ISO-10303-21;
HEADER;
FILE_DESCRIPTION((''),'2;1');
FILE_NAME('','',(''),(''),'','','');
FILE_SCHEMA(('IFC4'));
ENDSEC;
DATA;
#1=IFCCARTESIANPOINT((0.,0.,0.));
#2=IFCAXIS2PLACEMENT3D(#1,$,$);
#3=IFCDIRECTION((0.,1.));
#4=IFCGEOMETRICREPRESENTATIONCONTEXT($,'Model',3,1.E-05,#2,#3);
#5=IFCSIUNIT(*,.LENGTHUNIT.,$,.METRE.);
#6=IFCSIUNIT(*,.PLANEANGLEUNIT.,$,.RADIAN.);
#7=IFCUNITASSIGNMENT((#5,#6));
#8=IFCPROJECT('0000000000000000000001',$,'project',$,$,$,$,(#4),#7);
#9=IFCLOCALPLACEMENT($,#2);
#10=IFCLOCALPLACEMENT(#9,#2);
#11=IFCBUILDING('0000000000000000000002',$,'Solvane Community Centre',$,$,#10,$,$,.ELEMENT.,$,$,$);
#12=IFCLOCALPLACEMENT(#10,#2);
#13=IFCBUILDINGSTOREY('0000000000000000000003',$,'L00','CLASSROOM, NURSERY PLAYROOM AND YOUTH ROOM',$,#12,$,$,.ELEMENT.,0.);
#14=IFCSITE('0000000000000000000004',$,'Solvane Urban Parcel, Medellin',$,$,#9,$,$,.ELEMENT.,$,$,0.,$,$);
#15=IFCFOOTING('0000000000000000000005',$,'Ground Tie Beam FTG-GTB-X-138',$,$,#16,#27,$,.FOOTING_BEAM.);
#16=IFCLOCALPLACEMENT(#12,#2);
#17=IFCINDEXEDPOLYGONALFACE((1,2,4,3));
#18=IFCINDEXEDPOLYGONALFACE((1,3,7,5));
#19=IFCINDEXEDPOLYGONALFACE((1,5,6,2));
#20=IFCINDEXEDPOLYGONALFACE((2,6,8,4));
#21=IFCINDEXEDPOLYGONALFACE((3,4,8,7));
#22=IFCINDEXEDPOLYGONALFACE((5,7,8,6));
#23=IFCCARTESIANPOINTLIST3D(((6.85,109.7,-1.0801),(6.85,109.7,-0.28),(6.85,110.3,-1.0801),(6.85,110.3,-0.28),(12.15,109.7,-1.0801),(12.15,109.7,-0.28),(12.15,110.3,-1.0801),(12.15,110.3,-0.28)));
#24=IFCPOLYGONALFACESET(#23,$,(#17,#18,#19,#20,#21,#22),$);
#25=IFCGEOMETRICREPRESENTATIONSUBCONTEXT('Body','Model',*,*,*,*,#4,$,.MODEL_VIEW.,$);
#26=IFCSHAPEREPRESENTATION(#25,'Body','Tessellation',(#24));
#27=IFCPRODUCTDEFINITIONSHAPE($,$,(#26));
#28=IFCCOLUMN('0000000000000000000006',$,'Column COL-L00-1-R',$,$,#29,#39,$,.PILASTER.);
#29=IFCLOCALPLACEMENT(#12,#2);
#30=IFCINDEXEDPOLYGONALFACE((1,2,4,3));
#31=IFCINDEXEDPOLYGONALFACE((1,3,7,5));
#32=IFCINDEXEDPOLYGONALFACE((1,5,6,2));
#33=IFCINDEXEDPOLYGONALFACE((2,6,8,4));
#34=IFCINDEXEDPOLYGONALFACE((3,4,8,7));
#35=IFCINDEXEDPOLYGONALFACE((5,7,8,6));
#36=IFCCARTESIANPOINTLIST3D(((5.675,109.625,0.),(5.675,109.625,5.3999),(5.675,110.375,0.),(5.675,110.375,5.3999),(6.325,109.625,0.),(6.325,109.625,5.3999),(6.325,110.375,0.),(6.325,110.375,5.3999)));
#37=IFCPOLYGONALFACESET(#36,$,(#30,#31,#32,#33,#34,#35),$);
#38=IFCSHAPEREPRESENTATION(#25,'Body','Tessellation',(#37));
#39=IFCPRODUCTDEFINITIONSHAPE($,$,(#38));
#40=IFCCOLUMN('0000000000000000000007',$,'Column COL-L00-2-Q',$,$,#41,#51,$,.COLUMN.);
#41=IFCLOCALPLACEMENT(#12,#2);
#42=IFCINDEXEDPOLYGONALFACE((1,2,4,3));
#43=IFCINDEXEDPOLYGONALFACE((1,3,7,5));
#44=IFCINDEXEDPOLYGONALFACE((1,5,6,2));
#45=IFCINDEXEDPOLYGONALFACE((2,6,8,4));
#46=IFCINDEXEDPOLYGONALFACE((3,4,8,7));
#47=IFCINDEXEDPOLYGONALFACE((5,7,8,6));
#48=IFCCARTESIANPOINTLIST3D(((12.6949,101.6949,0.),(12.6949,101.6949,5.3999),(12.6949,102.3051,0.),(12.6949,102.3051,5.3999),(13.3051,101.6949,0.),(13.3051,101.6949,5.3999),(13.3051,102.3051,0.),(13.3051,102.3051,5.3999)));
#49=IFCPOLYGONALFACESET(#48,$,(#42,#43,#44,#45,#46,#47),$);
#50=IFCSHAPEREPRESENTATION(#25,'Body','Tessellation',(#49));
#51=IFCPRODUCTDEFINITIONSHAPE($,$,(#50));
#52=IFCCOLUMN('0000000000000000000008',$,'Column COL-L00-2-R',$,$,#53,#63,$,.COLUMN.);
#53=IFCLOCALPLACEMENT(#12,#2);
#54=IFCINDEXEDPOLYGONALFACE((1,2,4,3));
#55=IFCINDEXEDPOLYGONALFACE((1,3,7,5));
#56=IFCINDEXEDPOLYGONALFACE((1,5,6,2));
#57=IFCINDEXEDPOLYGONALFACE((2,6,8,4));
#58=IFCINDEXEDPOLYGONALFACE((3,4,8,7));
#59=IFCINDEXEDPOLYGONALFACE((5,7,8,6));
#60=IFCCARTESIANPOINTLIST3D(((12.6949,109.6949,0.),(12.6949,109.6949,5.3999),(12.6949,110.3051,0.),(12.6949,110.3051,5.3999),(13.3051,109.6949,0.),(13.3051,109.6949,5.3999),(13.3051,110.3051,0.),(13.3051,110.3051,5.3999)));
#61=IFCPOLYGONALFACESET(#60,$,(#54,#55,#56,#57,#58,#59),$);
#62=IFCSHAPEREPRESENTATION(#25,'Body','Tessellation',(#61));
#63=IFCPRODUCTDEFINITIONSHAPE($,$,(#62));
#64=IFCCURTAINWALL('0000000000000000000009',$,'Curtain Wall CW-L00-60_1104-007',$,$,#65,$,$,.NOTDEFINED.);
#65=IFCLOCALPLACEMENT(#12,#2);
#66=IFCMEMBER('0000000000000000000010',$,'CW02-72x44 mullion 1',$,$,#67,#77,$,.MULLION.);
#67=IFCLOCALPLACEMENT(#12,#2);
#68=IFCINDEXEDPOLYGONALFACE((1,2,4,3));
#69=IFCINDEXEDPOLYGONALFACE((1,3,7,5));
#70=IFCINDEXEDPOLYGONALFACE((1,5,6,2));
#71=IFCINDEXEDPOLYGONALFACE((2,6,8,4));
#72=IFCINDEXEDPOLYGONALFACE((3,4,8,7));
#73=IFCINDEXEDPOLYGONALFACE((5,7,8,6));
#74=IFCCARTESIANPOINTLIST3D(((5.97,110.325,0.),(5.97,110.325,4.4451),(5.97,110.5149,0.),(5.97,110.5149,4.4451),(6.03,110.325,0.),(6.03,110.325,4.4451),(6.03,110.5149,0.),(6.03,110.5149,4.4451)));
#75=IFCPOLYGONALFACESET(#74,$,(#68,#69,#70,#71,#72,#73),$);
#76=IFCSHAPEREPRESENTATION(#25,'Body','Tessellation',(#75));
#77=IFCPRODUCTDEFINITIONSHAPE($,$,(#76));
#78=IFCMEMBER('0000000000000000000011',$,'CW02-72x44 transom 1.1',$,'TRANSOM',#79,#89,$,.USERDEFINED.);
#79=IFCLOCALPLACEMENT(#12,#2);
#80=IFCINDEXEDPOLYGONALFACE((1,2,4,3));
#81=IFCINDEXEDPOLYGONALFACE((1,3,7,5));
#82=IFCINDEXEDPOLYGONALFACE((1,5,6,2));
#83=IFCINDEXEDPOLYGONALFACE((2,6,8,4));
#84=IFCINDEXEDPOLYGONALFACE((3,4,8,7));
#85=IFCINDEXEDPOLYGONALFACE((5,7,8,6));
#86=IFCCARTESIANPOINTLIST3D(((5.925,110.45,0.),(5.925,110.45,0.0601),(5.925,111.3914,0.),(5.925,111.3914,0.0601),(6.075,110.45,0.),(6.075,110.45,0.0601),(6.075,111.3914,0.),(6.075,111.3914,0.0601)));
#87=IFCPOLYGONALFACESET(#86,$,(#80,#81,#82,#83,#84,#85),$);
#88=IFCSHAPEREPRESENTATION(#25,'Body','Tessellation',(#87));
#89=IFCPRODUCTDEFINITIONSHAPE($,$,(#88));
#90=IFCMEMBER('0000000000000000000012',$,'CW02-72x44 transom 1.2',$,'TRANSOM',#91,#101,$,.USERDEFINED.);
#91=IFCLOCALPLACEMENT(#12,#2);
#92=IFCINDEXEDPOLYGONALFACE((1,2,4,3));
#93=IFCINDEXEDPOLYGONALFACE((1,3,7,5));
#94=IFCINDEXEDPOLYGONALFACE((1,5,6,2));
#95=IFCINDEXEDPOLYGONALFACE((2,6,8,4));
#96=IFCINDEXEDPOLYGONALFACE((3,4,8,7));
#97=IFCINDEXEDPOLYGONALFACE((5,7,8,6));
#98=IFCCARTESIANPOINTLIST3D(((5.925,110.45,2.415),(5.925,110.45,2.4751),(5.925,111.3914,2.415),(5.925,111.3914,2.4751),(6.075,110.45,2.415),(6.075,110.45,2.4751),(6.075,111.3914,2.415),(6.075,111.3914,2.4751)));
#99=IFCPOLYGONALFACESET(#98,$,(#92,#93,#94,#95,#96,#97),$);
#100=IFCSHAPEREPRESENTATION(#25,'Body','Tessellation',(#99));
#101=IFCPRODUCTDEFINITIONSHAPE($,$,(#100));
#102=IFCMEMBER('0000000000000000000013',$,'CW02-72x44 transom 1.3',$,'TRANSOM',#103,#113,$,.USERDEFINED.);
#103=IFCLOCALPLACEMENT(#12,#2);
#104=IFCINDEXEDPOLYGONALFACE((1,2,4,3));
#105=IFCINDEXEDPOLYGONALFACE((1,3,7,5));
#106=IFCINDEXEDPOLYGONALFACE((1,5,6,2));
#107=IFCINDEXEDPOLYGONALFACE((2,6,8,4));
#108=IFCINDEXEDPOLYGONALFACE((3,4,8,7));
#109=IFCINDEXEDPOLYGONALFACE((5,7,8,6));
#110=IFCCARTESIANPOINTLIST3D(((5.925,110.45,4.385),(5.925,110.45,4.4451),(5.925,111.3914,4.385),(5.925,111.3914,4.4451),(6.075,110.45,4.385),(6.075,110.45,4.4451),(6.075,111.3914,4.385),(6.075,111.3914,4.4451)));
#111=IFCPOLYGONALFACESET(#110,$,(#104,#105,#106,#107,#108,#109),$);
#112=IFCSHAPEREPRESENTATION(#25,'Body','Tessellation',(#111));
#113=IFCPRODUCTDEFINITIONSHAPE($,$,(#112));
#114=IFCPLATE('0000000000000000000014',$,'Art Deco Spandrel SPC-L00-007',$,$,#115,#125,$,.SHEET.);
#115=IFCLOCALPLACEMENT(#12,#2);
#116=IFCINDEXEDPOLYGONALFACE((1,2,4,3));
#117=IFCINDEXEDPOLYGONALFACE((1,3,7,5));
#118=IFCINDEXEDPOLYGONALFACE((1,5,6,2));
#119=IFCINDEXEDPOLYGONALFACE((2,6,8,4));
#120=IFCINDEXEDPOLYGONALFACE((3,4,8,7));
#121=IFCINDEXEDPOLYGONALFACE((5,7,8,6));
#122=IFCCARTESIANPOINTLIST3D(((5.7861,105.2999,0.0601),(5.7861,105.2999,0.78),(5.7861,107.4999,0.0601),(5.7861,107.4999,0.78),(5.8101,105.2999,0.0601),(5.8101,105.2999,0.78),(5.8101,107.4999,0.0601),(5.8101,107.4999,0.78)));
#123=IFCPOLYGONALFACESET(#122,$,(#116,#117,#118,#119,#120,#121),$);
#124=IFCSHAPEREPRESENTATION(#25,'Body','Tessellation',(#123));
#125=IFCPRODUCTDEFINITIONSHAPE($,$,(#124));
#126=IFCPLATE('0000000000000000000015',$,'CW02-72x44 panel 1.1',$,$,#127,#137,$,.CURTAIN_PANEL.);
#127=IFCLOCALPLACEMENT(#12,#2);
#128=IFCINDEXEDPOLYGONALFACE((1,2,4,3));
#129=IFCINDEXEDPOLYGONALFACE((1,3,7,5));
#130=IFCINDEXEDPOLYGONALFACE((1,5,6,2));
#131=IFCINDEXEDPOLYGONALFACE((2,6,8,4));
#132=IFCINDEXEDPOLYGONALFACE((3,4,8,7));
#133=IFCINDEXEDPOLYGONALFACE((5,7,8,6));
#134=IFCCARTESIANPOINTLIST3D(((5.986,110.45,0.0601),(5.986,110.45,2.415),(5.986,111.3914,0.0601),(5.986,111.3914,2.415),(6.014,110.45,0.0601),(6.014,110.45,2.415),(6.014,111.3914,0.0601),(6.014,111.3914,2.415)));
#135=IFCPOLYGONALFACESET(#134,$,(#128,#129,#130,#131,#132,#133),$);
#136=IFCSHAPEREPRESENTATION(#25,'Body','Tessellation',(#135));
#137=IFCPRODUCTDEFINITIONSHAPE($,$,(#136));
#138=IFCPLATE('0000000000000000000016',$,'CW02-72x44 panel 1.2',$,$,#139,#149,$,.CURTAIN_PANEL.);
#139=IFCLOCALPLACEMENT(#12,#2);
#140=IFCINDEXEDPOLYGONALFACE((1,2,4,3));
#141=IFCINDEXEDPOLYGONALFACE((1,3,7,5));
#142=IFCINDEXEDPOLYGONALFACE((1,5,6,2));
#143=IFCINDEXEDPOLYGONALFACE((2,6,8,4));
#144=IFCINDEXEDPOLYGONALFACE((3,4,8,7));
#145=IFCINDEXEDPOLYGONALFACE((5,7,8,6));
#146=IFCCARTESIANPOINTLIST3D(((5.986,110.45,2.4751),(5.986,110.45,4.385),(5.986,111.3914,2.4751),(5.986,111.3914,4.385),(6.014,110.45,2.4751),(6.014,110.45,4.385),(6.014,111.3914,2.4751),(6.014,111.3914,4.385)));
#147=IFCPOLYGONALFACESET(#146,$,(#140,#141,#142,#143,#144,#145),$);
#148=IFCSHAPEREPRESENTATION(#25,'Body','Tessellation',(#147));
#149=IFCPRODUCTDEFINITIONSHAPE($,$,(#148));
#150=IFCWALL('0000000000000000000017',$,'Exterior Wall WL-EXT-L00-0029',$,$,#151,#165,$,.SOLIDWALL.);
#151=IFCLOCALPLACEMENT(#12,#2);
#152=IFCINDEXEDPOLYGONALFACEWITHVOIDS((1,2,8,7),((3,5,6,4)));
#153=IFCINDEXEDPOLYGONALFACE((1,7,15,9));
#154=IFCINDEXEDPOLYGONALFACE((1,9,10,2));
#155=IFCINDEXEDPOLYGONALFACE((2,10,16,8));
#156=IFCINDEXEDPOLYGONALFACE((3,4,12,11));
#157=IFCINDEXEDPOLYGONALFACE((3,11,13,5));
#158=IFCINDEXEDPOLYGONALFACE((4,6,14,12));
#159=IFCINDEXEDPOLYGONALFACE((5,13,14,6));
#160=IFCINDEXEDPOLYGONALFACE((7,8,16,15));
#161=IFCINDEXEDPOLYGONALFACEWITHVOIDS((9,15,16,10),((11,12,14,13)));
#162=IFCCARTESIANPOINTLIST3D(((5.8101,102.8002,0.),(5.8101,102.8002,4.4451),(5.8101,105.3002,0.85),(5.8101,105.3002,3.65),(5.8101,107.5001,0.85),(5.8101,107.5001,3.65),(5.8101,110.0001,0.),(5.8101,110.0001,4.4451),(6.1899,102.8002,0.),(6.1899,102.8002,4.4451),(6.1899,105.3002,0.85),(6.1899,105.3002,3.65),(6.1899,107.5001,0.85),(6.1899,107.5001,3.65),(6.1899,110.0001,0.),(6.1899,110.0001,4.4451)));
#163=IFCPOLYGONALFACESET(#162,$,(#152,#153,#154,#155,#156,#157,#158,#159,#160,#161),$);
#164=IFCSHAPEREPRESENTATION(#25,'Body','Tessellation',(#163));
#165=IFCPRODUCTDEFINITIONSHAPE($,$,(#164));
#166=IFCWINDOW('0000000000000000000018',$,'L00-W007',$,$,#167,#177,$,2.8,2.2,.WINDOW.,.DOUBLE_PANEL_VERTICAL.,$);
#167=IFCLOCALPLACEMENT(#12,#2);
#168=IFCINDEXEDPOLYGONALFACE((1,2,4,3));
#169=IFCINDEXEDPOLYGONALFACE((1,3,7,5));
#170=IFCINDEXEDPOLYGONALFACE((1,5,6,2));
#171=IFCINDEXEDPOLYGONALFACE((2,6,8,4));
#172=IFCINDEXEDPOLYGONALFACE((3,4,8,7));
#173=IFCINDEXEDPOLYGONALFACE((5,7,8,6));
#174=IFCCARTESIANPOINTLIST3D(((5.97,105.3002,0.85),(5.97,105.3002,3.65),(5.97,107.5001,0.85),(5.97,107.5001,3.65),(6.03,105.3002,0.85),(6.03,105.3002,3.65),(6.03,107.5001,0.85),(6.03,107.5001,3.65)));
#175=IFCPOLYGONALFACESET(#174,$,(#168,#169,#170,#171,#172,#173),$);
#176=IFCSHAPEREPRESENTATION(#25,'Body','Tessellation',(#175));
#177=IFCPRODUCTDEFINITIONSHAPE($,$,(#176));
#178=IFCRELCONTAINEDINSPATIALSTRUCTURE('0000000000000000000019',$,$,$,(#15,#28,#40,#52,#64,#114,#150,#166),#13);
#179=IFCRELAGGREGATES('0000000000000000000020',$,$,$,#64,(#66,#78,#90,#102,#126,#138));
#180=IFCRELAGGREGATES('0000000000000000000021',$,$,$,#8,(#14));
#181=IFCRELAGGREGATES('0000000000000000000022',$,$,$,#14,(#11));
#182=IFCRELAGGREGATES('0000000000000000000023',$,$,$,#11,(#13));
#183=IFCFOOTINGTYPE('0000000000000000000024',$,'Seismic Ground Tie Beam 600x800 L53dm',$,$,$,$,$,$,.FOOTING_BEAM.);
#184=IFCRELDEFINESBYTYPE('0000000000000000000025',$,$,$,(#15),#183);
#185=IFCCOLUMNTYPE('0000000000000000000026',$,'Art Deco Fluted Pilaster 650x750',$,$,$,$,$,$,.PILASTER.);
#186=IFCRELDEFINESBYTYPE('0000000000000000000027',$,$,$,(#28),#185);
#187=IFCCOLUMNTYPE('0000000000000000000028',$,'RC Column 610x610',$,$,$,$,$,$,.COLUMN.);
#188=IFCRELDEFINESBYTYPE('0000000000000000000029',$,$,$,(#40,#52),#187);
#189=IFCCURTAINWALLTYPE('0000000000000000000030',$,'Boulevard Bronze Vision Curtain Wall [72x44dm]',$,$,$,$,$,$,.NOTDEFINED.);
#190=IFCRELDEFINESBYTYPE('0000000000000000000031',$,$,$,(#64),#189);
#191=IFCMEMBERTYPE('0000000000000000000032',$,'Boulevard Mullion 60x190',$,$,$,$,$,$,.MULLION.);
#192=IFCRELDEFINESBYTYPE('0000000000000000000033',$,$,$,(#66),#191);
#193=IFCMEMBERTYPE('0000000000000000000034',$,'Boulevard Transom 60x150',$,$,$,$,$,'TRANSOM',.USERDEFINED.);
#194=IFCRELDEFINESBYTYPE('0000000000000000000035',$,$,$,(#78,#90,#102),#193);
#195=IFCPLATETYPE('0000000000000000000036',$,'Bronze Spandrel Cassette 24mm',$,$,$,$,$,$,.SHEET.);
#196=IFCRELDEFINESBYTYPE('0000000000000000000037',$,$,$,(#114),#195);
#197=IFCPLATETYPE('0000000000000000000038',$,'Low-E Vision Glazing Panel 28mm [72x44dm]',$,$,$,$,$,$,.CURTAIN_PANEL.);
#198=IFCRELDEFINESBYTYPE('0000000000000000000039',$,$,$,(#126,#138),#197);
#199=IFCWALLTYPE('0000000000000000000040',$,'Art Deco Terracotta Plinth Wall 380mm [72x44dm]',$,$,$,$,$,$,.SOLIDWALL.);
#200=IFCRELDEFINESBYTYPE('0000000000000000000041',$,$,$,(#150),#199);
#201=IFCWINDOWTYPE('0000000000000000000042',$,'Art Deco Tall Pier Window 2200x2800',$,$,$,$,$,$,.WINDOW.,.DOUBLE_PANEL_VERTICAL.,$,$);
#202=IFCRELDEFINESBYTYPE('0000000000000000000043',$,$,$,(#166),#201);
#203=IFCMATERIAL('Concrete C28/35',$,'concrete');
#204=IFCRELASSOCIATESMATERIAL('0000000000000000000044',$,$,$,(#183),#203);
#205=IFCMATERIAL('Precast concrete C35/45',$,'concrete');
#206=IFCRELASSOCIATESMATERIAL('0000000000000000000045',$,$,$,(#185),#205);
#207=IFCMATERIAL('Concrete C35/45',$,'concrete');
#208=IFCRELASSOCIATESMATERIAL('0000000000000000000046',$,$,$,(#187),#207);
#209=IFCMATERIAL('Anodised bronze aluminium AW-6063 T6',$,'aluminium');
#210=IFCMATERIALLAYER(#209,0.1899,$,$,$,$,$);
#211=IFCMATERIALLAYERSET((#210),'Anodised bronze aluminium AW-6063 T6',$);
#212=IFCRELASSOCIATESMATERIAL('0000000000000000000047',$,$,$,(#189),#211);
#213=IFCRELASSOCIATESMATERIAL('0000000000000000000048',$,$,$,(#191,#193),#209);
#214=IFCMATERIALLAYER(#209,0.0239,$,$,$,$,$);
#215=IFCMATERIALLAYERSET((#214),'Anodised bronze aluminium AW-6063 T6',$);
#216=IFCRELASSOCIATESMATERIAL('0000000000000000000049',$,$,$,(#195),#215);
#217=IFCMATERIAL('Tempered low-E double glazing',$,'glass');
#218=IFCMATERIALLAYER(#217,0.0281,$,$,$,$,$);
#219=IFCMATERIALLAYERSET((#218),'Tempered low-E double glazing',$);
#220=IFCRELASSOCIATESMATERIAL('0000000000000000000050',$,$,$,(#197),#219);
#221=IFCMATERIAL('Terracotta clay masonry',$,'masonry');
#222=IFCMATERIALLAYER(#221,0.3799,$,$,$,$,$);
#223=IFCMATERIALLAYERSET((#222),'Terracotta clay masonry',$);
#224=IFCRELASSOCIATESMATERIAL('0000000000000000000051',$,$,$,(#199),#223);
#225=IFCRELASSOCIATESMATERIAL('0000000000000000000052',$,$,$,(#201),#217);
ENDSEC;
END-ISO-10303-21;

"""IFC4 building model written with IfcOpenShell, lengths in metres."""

from ifc_helpers import new_model, si_unit, direction, frame, frame_2d, origin, origin_2d, place, context, subcontext, project, spatial, rectangle, extrude, material, layer, layer_set, material_profile, profile_set, type_object, element, fill, aggregate, save


model = new_model("IFC4")

# Units and contexts
model_context = context("Model", 3, precision=1e-05, world=origin(), true_north=direction((0.0, 1.0)))
body_context = subcontext(model_context, "Body", "Model", "MODEL_VIEW")
ifc_project = project(units=[si_unit("LENGTHUNIT", "METRE"), si_unit("PLANEANGLEUNIT", "RADIAN")], contexts=[model_context])

# Site, building, storey
site_placement = place(None, origin())
site = spatial("IfcSite", under=ifc_project, at=site_placement, Name="Solvane Urban Parcel, Medellin", CompositionType="ELEMENT", RefElevation=0.0)
building_placement = place(site_placement, origin())
building = spatial("IfcBuilding", under=site, at=building_placement, Name="Solvane Community Centre", CompositionType="ELEMENT")
storey_placement = place(building_placement, origin())
storey = spatial("IfcBuildingStorey", under=building, at=storey_placement, Name="L00", Description="CLASSROOM, NURSERY PLAYROOM AND YOUTH ROOM", CompositionType="ELEMENT", Elevation=0.0)

# Shared definitions
ifc_material_1 = material(Name="Concrete C28/35", Category="concrete")

# Footing
footing_type_1 = type_object("IfcFootingType", Name="Seismic Ground Tie Beam 600x800 L53dm", PredefinedType="FOOTING_BEAM", material=ifc_material_1)
footing_placement = place(storey_placement, frame((9.5, 110.0, -1.0801), z_axis=(0.0, 0.0, 1.0), x_axis=(1.0, 0.0, 0.0)))
element("IfcFooting", 1, at=footing_placement, inside=storey, type_object=footing_type_1, Name="Ground Tie Beam FTG-GTB-X-138", PredefinedType="FOOTING_BEAM", context=body_context, shape_type="SweptSolid", body=[
    extrude(rectangle(XDim=5.3, YDim=0.6001, at=origin_2d()), origin(), (0.0, 0.0, 1.0), 0.8),
])

# Columns
ifc_material_2 = material(Name="Precast concrete C35/45", Category="concrete")
ifc_material_profile_1 = material_profile(ifc_material_2, rectangle(XDim=0.6499, YDim=0.75, at=origin_2d()), Name="RC 650x750")
ifc_profile_set_1 = profile_set([ifc_material_profile_1], Name="Precast concrete C35/45")
column_type_1 = type_object("IfcColumnType", Name="Art Deco Fluted Pilaster 650x750", PredefinedType="PILASTER", material=ifc_profile_set_1)
column_placement = place(storey_placement, frame((6.0, 110.0, 0.0), z_axis=(0.0, 0.0, 1.0), x_axis=(1.0, 0.0, 0.0)))
element("IfcColumn", 2, at=column_placement, inside=storey, type_object=column_type_1, Name="Column COL-L00-1-R", PredefinedType="PILASTER", context=body_context, shape_type="SweptSolid", body=[
    extrude(rectangle(XDim=0.6499, YDim=0.75, at=origin_2d()), origin(), (0.0, 0.0, 1.0), 5.3999),
])
ifc_material_3 = material(Name="Concrete C35/45", Category="concrete")
ifc_material_profile_2 = material_profile(ifc_material_3, rectangle(XDim=0.6101, YDim=0.6101, at=origin_2d()), Name="RC 610x610")
ifc_profile_set_2 = profile_set([ifc_material_profile_2], Name="Concrete C35/45")
column_type_2 = type_object("IfcColumnType", Name="RC Column 610x610", PredefinedType="COLUMN", material=ifc_profile_set_2)
for number, where, z_axis, x_axis, name in (
    (3, (13.0, 102.0, 0.0), (0.0, 0.0, 1.0), (1.0, 0.0, 0.0), "Column COL-L00-2-Q"),
    (4, (13.0, 110.0, 0.0), (0.0, 0.0, 1.0), (1.0, 0.0, 0.0), "Column COL-L00-2-R"),
):
    element("IfcColumn", number, at=place(storey_placement, frame(where, z_axis=z_axis, x_axis=x_axis)), inside=storey, type_object=column_type_2, Name=name, PredefinedType="COLUMN", context=body_context, shape_type="SweptSolid", body=[
        extrude(rectangle(XDim=0.6101, YDim=0.6101, at=origin_2d()), origin(), (0.0, 0.0, 1.0), 5.3999),
    ])

# Curtain wall, members
ifc_material_4 = material(Name="Anodised bronze aluminium AW-6063 T6", Category="aluminium")
ifc_layer_1 = layer(ifc_material_4, 0.1899)
ifc_layer_set_1 = layer_set([ifc_layer_1], Name="Anodised bronze aluminium AW-6063 T6")
curtain_wall_type = type_object("IfcCurtainWallType", Name="Boulevard Bronze Vision Curtain Wall [72x44dm]", PredefinedType="NOTDEFINED", material=ifc_layer_set_1)
curtain_wall_placement = place(storey_placement, origin())
curtain_wall = element("IfcCurtainWall", 5, at=curtain_wall_placement, inside=storey, type_object=curtain_wall_type, Name="Curtain Wall CW-L00-60_1104-007", PredefinedType="NOTDEFINED")
ifc_material_profile_3 = material_profile(ifc_material_4, rectangle(XDim=0.0601, YDim=0.1899, at=origin_2d()), Name="CW-M 60x190")
ifc_profile_set_3 = profile_set([ifc_material_profile_3], Name="Anodised bronze aluminium AW-6063 T6")
member_type_1 = type_object("IfcMemberType", Name="Boulevard Mullion 60x190", PredefinedType="MULLION", material=ifc_profile_set_3)
member_1_placement = place(storey_placement, frame((6.0, 110.4199, 0.0), z_axis=(0.0, 0.0, 1.0), x_axis=(-1.0, 0.0, 0.0)))
member_1 = element("IfcMember", 6, at=member_1_placement, type_object=member_type_1, Name="CW02-72x44 mullion 1", PredefinedType="MULLION", context=body_context, shape_type="SweptSolid", body=[
    extrude(rectangle(XDim=0.0601, YDim=0.1899, at=origin_2d()), origin(), (0.0, 0.0, 1.0), 4.4451),
])
ifc_material_profile_4 = material_profile(ifc_material_4, rectangle(XDim=0.1499, YDim=0.0601, at=origin_2d()), Name="CW-T 60x150")
ifc_profile_set_4 = profile_set([ifc_material_profile_4], Name="Anodised bronze aluminium AW-6063 T6")
member_type_2 = type_object("IfcMemberType", Name="Boulevard Transom 60x150", ElementType="TRANSOM", PredefinedType="USERDEFINED", material=ifc_profile_set_4)
member_2_placement = place(storey_placement, frame((6.0, 110.45, 0.03), z_axis=(0.0, 1.0, 0.0), x_axis=(-1.0, 0.0, 0.0)))
member_2 = element("IfcMember", 7, at=member_2_placement, type_object=member_type_2, Name="CW02-72x44 transom 1.1", ObjectType="TRANSOM", PredefinedType="USERDEFINED", context=body_context, shape_type="SweptSolid", body=[
    extrude(rectangle(XDim=0.1499, YDim=0.0601, at=origin_2d()), origin(), (0.0, 0.0, 1.0), 0.9414),
])
member_3_placement = place(storey_placement, frame((6.0, 110.45, 2.4451), z_axis=(0.0, 1.0, 0.0), x_axis=(-1.0, 0.0, 0.0)))
member_3 = element("IfcMember", 8, at=member_3_placement, type_object=member_type_2, Name="CW02-72x44 transom 1.2", ObjectType="TRANSOM", PredefinedType="USERDEFINED", context=body_context, shape_type="SweptSolid", body=[
    extrude(rectangle(XDim=0.1499, YDim=0.0601, at=origin_2d()), origin(), (0.0, 0.0, 1.0), 0.9414),
])
member_4_placement = place(storey_placement, frame((6.0, 110.45, 4.415), z_axis=(0.0, 1.0, 0.0), x_axis=(-1.0, 0.0, 0.0)))
member_4 = element("IfcMember", 9, at=member_4_placement, type_object=member_type_2, Name="CW02-72x44 transom 1.3", ObjectType="TRANSOM", PredefinedType="USERDEFINED", context=body_context, shape_type="SweptSolid", body=[
    extrude(rectangle(XDim=0.1499, YDim=0.0601, at=origin_2d()), origin(), (0.0, 0.0, 1.0), 0.9414),
])

# Plates
ifc_layer_2 = layer(ifc_material_4, 0.0239)
ifc_layer_set_2 = layer_set([ifc_layer_2], Name="Anodised bronze aluminium AW-6063 T6")
plate_type_1 = type_object("IfcPlateType", Name="Bronze Spandrel Cassette 24mm", PredefinedType="SHEET", material=ifc_layer_set_2)
plate_1_placement = place(storey_placement, frame((5.7981, 106.3999, 0.0601), z_axis=(0.0, 0.0, 1.0), x_axis=(0.0, 1.0, 0.0)))
element("IfcPlate", 10, at=plate_1_placement, inside=storey, type_object=plate_type_1, Name="Art Deco Spandrel SPC-L00-007", PredefinedType="SHEET", context=body_context, shape_type="SweptSolid", body=[
    extrude(rectangle(XDim=2.2, YDim=0.0239, at=origin_2d()), origin(), (0.0, 0.0, 1.0), 0.72),
])
ifc_material_5 = material(Name="Tempered low-E double glazing", Category="glass")
ifc_layer_3 = layer(ifc_material_5, 0.0281)
ifc_layer_set_3 = layer_set([ifc_layer_3], Name="Tempered low-E double glazing")
plate_type_2 = type_object("IfcPlateType", Name="Low-E Vision Glazing Panel 28mm [72x44dm]", PredefinedType="CURTAIN_PANEL", material=ifc_layer_set_3)
plate_2_placement = place(storey_placement, frame((6.0, 110.9207, 0.0601), z_axis=(0.0, 0.0, 1.0), x_axis=(0.0, 1.0, 0.0)))
plate_2 = element("IfcPlate", 11, at=plate_2_placement, type_object=plate_type_2, Name="CW02-72x44 panel 1.1", PredefinedType="CURTAIN_PANEL", context=body_context, shape_type="SweptSolid", body=[
    extrude(rectangle(XDim=0.9414, YDim=0.0281, at=origin_2d()), origin(), (0.0, 0.0, 1.0), 2.355),
])
plate_3_placement = place(storey_placement, frame((6.0, 110.9207, 2.4751), z_axis=(0.0, 0.0, 1.0), x_axis=(0.0, 1.0, 0.0)))
plate_3 = element("IfcPlate", 12, at=plate_3_placement, type_object=plate_type_2, Name="CW02-72x44 panel 1.2", PredefinedType="CURTAIN_PANEL", context=body_context, shape_type="SweptSolid", body=[
    extrude(rectangle(XDim=0.9414, YDim=0.0281, at=origin_2d()), origin(), (0.0, 0.0, 1.0), 1.9099),
])
aggregate(curtain_wall, [member_1, member_2, member_3, member_4, plate_2, plate_3])

# Wall, opening, window
ifc_material_6 = material(Name="Terracotta clay masonry", Category="masonry")
ifc_layer_4 = layer(ifc_material_6, 0.3799)
ifc_layer_set_4 = layer_set([ifc_layer_4], Name="Terracotta clay masonry")
wall_type = type_object("IfcWallType", Name="Art Deco Terracotta Plinth Wall 380mm [72x44dm]", PredefinedType="SOLIDWALL", material=ifc_layer_set_4)
wall_placement = place(storey_placement, frame((6.0, 102.8, 0.0), z_axis=(0.0, 0.0, 1.0), x_axis=(0.0, 1.0, 0.0)))
wall = element("IfcWall", 13, at=wall_placement, inside=storey, type_object=wall_type, Name="Exterior Wall WL-EXT-L00-0029", PredefinedType="SOLIDWALL", context=body_context, shape_type="SweptSolid", body=[
    extrude(rectangle(XDim=7.2, YDim=0.3799, at=frame_2d((3.6001, 0.0))), origin(), (0.0, 0.0, 1.0), 4.4451),
])
opening_placement = place(wall_placement, frame((2.5, 0.0, 0.8501)))
opening = element("IfcOpeningElement", 14, at=opening_placement, cuts=wall, PredefinedType="OPENING", context=body_context, shape_type="SweptSolid", body=[
    extrude(rectangle(XDim=2.2, YDim=2.8, at=frame_2d((1.1001, 1.3999))), frame((0.0, 0.2, 0.0), z_axis=(0.0, -1.0, 0.0), x_axis=(1.0, 0.0, 0.0)), (0.0, 0.0, 1.0), 0.3999),
])
window_type = type_object("IfcWindowType", Name="Art Deco Tall Pier Window 2200x2800", PartitioningType="DOUBLE_PANEL_VERTICAL", PredefinedType="WINDOW", material=ifc_material_5)
window_placement = place(opening_placement, origin())
window = element("IfcWindow", 15, at=window_placement, inside=storey, type_object=window_type, Name="L00-W007", OverallHeight=2.8, OverallWidth=2.2, PartitioningType="DOUBLE_PANEL_VERTICAL", PredefinedType="WINDOW", context=body_context, shape_type="SweptSolid", body=[
    extrude(rectangle(XDim=2.2, YDim=2.8, at=frame_2d((1.1001, 1.3999))), frame((0.0, 0.03, 0.0), z_axis=(0.0, -1.0, 0.0), x_axis=(1.0, 0.0, 0.0)), (0.0, 0.0, 1.0), 0.0601),
])
fill(opening, window)

save(model, "model.ifc")
